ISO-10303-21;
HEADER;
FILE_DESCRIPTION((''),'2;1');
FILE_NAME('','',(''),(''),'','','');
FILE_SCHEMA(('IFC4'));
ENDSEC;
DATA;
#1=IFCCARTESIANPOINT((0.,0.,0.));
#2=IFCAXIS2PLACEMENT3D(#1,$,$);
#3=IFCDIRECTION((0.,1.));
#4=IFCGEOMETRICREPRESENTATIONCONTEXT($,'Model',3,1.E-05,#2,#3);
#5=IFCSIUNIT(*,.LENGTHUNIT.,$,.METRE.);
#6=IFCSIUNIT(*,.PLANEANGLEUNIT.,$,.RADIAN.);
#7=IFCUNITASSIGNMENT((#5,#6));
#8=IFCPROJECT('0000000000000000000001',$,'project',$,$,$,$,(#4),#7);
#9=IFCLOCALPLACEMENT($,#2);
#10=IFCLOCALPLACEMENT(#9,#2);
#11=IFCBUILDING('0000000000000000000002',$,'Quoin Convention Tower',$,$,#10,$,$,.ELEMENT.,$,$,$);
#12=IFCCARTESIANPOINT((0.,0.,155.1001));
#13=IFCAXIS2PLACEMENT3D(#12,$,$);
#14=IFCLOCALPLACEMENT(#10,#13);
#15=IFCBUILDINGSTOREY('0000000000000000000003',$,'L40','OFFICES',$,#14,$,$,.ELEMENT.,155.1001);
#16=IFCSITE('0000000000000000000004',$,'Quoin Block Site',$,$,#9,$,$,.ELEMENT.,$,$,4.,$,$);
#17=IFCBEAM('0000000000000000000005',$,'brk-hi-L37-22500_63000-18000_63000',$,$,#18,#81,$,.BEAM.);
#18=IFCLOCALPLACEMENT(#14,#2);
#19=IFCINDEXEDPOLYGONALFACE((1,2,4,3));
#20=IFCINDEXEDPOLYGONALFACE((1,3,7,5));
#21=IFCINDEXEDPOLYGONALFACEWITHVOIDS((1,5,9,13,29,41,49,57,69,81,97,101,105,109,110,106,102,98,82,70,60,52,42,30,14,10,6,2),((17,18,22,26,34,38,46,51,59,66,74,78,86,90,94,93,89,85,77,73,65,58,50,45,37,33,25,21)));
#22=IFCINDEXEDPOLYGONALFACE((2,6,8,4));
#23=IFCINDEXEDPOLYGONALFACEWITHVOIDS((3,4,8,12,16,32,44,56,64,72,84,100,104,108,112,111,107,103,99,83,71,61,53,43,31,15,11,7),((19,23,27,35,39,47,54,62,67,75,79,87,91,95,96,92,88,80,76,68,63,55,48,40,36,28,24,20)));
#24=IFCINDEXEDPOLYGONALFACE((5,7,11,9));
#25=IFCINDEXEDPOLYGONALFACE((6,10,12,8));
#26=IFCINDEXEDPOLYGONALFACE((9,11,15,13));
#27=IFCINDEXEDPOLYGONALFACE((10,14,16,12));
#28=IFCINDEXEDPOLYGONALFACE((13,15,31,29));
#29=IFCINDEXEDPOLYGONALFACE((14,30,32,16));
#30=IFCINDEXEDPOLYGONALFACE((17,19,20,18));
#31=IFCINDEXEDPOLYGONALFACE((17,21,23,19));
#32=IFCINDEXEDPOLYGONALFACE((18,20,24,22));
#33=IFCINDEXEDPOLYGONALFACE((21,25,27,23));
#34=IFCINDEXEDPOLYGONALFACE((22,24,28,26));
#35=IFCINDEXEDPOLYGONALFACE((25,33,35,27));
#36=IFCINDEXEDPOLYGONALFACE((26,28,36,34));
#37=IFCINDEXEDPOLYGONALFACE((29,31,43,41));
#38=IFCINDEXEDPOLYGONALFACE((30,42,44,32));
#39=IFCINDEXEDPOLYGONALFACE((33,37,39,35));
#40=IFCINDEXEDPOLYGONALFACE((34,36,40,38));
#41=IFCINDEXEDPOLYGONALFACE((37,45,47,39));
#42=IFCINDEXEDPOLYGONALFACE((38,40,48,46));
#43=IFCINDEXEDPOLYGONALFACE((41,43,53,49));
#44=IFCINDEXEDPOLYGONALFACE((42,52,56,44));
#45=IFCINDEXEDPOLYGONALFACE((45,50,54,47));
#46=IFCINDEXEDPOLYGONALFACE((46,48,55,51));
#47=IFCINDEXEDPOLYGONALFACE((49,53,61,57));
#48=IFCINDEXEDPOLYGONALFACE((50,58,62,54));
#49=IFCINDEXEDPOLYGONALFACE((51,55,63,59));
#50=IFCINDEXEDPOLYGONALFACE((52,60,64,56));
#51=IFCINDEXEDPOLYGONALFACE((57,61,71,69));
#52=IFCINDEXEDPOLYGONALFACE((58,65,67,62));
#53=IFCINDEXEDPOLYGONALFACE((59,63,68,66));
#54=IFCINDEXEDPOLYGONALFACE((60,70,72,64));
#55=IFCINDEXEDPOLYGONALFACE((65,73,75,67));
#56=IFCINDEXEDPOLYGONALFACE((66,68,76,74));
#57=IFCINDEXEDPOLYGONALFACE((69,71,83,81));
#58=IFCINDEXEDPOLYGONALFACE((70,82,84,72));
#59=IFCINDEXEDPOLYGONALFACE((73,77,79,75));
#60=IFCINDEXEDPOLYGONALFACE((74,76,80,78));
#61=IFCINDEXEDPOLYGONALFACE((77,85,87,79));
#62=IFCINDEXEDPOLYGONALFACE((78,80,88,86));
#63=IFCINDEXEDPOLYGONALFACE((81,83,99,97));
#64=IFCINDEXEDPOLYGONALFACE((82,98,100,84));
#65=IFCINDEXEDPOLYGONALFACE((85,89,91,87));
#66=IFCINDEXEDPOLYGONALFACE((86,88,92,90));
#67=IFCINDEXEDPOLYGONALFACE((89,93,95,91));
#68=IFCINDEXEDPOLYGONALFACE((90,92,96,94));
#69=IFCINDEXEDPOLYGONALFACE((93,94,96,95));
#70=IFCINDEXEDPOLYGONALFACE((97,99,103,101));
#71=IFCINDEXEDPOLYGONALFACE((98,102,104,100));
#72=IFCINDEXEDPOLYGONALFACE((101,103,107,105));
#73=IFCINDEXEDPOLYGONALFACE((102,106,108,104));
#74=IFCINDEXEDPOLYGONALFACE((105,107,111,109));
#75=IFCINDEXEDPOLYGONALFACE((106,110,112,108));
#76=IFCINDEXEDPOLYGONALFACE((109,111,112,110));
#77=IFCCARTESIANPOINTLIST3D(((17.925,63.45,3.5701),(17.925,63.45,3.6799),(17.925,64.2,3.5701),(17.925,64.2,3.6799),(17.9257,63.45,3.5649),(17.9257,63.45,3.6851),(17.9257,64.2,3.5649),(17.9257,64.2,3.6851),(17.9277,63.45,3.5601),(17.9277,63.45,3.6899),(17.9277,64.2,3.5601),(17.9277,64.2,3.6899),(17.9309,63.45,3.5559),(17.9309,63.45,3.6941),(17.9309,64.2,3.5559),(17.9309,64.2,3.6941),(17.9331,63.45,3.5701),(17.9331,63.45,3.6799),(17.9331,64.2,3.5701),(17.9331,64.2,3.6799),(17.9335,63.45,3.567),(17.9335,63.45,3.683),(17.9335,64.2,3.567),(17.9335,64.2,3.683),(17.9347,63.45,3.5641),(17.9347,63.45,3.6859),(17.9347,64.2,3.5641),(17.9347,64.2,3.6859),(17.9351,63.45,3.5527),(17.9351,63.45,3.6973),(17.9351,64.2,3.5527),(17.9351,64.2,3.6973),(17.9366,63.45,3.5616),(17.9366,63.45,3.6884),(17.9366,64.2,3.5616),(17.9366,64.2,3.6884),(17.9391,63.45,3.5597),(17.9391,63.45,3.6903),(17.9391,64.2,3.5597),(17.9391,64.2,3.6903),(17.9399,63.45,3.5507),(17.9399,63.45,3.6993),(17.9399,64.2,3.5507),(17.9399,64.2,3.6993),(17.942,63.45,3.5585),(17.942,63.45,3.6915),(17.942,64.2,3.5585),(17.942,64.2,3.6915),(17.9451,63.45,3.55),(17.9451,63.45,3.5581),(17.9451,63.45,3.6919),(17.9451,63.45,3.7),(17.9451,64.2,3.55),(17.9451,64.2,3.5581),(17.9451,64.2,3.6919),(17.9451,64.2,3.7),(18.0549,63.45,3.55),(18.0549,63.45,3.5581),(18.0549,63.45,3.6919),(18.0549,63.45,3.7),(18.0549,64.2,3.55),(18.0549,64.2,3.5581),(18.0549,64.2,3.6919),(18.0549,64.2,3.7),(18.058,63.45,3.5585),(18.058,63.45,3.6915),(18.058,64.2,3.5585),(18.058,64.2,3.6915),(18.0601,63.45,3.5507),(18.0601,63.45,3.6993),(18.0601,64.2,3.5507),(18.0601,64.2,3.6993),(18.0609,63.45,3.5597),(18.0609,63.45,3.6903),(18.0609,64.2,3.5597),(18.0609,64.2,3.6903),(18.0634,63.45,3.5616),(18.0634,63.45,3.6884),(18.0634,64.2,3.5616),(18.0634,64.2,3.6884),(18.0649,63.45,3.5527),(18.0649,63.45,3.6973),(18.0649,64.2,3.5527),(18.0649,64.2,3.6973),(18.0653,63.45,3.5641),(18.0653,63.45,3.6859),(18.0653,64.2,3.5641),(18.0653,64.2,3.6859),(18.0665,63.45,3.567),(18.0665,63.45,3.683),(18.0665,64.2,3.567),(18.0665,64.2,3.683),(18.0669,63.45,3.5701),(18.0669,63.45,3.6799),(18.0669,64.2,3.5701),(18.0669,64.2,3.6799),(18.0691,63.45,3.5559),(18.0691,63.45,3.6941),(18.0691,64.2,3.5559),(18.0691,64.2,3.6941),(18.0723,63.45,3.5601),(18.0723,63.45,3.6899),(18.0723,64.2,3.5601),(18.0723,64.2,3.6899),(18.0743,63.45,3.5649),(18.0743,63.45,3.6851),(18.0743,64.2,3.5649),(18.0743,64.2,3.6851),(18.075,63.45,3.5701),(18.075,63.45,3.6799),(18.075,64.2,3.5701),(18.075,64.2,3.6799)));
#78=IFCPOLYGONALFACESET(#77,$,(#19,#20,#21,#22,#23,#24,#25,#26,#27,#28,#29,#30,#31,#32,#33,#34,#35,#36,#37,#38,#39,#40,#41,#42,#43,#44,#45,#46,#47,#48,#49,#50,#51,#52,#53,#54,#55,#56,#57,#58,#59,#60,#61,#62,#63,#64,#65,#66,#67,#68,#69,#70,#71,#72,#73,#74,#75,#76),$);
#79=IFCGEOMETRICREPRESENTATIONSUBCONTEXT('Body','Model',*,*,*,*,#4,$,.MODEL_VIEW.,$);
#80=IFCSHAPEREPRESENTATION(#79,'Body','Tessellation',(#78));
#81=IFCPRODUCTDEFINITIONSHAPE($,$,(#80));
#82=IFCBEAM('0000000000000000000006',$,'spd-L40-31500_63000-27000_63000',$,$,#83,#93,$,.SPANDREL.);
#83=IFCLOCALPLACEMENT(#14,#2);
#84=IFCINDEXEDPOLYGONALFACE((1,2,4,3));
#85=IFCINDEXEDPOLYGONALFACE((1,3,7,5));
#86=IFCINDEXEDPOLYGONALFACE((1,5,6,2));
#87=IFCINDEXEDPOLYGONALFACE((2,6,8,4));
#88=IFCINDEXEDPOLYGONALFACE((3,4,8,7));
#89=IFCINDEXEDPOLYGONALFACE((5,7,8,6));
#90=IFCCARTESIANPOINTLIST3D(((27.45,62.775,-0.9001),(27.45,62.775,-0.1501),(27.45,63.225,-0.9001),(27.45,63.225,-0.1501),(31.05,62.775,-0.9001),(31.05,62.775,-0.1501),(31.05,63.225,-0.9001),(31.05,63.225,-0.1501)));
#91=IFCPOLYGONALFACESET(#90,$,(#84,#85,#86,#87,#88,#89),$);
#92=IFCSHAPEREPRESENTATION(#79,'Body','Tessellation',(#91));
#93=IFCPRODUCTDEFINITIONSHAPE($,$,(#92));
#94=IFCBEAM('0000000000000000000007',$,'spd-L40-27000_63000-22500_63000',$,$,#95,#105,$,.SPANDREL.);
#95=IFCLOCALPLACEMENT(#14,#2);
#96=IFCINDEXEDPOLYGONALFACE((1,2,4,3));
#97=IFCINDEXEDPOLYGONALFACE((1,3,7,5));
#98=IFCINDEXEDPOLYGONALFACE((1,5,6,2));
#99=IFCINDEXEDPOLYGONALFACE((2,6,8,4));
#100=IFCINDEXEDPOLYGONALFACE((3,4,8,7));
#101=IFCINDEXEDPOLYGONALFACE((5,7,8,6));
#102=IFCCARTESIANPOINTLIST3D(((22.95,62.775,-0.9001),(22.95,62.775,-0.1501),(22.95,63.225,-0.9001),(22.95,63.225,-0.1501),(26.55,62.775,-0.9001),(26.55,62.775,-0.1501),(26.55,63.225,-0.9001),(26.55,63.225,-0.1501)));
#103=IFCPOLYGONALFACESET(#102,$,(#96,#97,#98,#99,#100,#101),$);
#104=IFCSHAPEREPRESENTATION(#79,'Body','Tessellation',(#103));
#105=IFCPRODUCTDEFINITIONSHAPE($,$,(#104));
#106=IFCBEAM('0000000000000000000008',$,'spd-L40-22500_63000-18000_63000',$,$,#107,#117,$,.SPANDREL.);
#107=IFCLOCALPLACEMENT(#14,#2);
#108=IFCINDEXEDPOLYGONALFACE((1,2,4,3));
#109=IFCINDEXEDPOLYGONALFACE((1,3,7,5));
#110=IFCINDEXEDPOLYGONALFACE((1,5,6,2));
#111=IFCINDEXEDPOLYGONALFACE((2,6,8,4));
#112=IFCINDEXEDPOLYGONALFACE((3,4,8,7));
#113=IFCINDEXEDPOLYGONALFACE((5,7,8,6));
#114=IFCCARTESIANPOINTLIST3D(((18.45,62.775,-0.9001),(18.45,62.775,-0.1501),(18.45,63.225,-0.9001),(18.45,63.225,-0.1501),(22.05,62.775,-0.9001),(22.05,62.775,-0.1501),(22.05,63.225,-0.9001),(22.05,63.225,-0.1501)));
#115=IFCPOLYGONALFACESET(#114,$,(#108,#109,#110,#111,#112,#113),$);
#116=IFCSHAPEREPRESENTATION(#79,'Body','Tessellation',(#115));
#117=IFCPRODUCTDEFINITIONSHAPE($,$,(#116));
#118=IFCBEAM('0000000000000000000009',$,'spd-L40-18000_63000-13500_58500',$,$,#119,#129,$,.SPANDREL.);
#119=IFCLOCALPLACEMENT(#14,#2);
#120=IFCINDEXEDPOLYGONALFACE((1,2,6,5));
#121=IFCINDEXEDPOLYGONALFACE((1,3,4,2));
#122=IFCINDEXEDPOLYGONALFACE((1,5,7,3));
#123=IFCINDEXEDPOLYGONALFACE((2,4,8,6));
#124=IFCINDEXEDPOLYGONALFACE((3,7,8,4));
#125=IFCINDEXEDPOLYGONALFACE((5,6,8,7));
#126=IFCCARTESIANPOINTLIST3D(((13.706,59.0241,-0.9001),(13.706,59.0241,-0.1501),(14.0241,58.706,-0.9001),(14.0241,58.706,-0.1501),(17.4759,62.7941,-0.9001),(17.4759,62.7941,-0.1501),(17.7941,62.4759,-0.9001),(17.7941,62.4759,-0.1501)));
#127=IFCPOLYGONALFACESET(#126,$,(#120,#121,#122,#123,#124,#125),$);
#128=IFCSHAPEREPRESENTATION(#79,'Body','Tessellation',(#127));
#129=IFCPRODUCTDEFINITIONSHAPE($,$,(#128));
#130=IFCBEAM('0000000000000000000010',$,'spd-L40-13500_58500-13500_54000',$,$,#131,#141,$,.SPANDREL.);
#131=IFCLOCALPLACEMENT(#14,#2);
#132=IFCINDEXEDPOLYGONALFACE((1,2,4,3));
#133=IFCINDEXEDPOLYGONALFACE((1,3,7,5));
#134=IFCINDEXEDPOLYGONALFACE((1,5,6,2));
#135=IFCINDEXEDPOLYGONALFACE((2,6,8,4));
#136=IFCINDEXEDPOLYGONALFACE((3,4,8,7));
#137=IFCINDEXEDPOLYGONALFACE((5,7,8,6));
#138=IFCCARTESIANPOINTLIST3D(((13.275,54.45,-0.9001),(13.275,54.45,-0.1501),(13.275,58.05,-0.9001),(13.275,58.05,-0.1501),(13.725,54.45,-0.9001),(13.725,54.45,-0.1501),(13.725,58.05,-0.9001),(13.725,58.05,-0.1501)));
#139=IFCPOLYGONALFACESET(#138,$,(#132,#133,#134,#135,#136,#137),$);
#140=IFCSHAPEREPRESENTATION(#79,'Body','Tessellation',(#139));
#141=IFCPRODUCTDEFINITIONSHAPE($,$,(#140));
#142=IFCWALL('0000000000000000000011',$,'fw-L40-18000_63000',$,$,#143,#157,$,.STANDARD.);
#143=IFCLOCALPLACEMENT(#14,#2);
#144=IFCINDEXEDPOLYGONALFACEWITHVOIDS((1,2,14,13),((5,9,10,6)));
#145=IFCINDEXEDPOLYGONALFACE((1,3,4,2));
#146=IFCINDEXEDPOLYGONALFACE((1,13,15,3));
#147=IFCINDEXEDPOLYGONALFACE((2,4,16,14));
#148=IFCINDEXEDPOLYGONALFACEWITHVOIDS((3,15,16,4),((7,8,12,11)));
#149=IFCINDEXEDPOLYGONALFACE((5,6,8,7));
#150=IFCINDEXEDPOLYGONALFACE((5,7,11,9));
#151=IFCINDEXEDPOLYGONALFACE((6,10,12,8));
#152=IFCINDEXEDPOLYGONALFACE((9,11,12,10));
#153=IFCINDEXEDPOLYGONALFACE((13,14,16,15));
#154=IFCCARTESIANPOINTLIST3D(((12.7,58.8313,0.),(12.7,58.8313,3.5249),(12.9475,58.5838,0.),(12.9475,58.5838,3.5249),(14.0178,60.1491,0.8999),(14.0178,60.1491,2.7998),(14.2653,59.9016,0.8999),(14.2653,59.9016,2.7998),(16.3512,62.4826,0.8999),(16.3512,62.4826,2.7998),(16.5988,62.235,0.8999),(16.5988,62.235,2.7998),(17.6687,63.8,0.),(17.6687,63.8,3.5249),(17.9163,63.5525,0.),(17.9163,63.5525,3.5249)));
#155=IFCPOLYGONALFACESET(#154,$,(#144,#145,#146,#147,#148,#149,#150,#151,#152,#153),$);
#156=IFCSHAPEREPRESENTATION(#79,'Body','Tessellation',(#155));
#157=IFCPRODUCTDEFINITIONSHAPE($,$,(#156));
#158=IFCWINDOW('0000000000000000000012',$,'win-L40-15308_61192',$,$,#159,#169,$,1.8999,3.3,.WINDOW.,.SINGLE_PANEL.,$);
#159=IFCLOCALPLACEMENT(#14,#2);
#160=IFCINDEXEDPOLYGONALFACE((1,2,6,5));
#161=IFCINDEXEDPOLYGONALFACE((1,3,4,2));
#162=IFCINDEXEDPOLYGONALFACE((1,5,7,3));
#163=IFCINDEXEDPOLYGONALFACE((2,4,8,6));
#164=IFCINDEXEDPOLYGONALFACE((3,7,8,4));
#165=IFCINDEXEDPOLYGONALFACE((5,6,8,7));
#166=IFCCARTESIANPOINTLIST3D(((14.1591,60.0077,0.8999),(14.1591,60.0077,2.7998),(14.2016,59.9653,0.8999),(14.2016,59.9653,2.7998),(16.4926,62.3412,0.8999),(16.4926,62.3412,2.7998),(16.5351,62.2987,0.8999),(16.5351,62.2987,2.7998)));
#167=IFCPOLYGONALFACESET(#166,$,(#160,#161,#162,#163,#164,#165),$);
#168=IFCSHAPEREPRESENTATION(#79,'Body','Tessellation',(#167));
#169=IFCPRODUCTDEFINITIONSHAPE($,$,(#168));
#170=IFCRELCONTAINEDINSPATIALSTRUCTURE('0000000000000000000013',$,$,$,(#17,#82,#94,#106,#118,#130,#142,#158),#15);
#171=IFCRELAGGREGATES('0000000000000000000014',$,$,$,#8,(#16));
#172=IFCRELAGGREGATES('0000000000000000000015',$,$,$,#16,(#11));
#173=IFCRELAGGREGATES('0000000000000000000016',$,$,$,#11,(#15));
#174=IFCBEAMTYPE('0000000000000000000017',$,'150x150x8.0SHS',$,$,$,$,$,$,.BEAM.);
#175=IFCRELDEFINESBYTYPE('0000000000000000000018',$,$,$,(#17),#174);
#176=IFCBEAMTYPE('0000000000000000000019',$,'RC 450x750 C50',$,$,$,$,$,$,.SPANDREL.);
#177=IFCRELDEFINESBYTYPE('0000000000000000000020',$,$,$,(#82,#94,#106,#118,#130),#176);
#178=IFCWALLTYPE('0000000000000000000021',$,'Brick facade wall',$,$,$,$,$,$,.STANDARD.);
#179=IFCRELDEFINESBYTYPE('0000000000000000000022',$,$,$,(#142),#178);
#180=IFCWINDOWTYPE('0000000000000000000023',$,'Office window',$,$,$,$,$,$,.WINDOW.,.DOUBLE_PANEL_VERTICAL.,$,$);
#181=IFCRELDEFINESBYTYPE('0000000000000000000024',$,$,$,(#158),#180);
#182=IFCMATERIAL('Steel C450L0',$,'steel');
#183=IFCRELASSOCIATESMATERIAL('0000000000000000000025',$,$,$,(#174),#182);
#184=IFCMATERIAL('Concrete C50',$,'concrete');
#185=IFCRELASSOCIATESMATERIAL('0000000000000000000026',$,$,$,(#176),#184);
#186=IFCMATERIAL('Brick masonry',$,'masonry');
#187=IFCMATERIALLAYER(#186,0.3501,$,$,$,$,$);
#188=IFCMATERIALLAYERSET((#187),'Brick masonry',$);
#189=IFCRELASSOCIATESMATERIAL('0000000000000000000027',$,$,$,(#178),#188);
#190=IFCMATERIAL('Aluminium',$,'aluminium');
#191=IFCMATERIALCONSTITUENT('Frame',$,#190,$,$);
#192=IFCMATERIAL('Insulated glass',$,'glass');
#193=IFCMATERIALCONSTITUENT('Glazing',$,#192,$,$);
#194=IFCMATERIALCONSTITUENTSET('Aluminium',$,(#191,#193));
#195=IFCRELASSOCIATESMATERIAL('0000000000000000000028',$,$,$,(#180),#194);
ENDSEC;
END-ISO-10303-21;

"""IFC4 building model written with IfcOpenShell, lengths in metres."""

from ifc_helpers import new_model, si_unit, direction, frame, frame_2d, origin, origin_2d, place, context, subcontext, project, spatial, rectangle, hollow_rectangle, extrude, material, layer, layer_set, constituent, constituent_set, material_profile, profile_set, type_object, element, fill, save


model = new_model("IFC4")

# Units and contexts
model_context = context("Model", 3, precision=1e-05, world=origin(), true_north=direction((0.0, 1.0)))
body_context = subcontext(model_context, "Body", "Model", "MODEL_VIEW")
ifc_project = project(units=[si_unit("LENGTHUNIT", "METRE"), si_unit("PLANEANGLEUNIT", "RADIAN")], contexts=[model_context])

# Site, building, storey
site_placement = place(None, origin())
site = spatial("IfcSite", under=ifc_project, at=site_placement, Name="Quoin Block Site", CompositionType="ELEMENT", RefElevation=4.0)
building_placement = place(site_placement, origin())
building = spatial("IfcBuilding", under=site, at=building_placement, Name="Quoin Convention Tower", CompositionType="ELEMENT")
storey_placement = place(building_placement, frame((0.0, 0.0, 155.1001)))
storey = spatial("IfcBuildingStorey", under=building, at=storey_placement, Name="L40", Description="OFFICES", CompositionType="ELEMENT", Elevation=155.1001)

# Shared definitions
ifc_material_1 = material(Name="Concrete C50", Category="concrete")

# Beams
ifc_material_2 = material(Name="Steel C450L0", Category="steel")
ifc_material_profile_1 = material_profile(ifc_material_2, hollow_rectangle(XDim=0.1499, YDim=0.1499, WallThickness=0.0081, InnerFilletRadius=0.012, OuterFilletRadius=0.02, at=origin_2d()), Name="150x150x8.0SHS")
ifc_profile_set_1 = profile_set([ifc_material_profile_1], Name="Steel C450L0")
beam_type_1 = type_object("IfcBeamType", Name="150x150x8.0SHS", PredefinedType="BEAM", material=ifc_profile_set_1)
for number, where, z_axis, x_axis, name in (
    (1, (18.0, 63.45, 3.625), (0.0, 1.0, 0.0), (-1.0, 0.0, 0.0), "brk-hi-L37-22500_63000-18000_63000"),
):
    element("IfcBeam", number, at=place(storey_placement, frame(where, z_axis=z_axis, x_axis=x_axis)), inside=storey, type_object=beam_type_1, Name=name, PredefinedType="BEAM", context=body_context, shape_type="SweptSolid", body=[
        extrude(hollow_rectangle(XDim=0.1499, YDim=0.1499, WallThickness=0.0081, InnerFilletRadius=0.012, OuterFilletRadius=0.02, at=origin_2d()), origin(), (0.0, 0.0, 1.0), 0.75),
    ])
ifc_material_profile_2 = material_profile(ifc_material_1, rectangle(XDim=0.45, YDim=0.75, at=origin_2d()), Name="RC 450x750")
ifc_profile_set_2 = profile_set([ifc_material_profile_2], Name="Concrete C50")
beam_type_2 = type_object("IfcBeamType", Name="RC 450x750 C50", PredefinedType="SPANDREL", material=ifc_profile_set_2)
for number, where, z_axis, x_axis, name in (
    (2, (31.05, 63.0, -0.5251), (-1.0, 0.0, 0.0), (0.0, -1.0, 0.0), "spd-L40-31500_63000-27000_63000"),
    (3, (26.55, 63.0, -0.5251), (-1.0, 0.0, 0.0), (0.0, -1.0, 0.0), "spd-L40-27000_63000-22500_63000"),
    (4, (22.05, 63.0, -0.5251), (-1.0, 0.0, 0.0), (0.0, -1.0, 0.0), "spd-L40-22500_63000-18000_63000"),
):
    element("IfcBeam", number, at=place(storey_placement, frame(where, z_axis=z_axis, x_axis=x_axis)), inside=storey, type_object=beam_type_2, Name=name, PredefinedType="SPANDREL", context=body_context, shape_type="SweptSolid", body=[
        extrude(rectangle(XDim=0.45, YDim=0.75, at=origin_2d()), origin(), (0.0, 0.0, 1.0), 3.6001),
    ])
beam_1_placement = place(storey_placement, frame((17.635, 62.635, -0.5251), z_axis=(-0.707107, -0.707107, 0.0), x_axis=(0.707107, -0.707107, 0.0)))
element("IfcBeam", 5, at=beam_1_placement, inside=storey, type_object=beam_type_2, Name="spd-L40-18000_63000-13500_58500", PredefinedType="SPANDREL", context=body_context, shape_type="SweptSolid", body=[
    extrude(rectangle(XDim=0.45, YDim=0.75, at=origin_2d()), origin(), (0.0, 0.0, 1.0), 5.3315),
])
beam_2_placement = place(storey_placement, frame((13.5, 58.05, -0.5251), z_axis=(0.0, -1.0, 0.0), x_axis=(1.0, 0.0, 0.0)))
element("IfcBeam", 6, at=beam_2_placement, inside=storey, type_object=beam_type_2, Name="spd-L40-13500_58500-13500_54000", PredefinedType="SPANDREL", context=body_context, shape_type="SweptSolid", body=[
    extrude(rectangle(XDim=0.45, YDim=0.75, at=origin_2d()), origin(), (0.0, 0.0, 1.0), 3.6001),
])

# Wall, opening, window
ifc_material_3 = material(Name="Brick masonry", Category="masonry")
ifc_layer_1 = layer(ifc_material_3, 0.3501)
ifc_layer_set_1 = layer_set([ifc_layer_1], Name="Brick masonry")
wall_type_1 = type_object("IfcWallType", Name="Brick facade wall", PredefinedType="STANDARD", material=ifc_layer_set_1)
wall_1_placement = place(storey_placement, frame((17.7925, 63.6763, 0.0), z_axis=(0.0, 0.0, 1.0), x_axis=(-0.707107, -0.707107, 0.0)))
wall_1 = element("IfcWall", 7, at=wall_1_placement, inside=storey, type_object=wall_type_1, Name="fw-L40-18000_63000", PredefinedType="STANDARD", context=body_context, shape_type="SweptSolid", body=[
    extrude(rectangle(XDim=7.0269, YDim=0.3501, at=frame_2d((3.5134, 0.0))), origin(), (0.0, 0.0, 1.0), 3.5249),
])
opening_1_placement = place(wall_1_placement, frame((1.8633, 0.0, 0.8999)))
opening_1 = element("IfcOpeningElement", 8, at=opening_1_placement, cuts=wall_1, PredefinedType="OPENING", context=body_context, shape_type="SweptSolid", body=[
    extrude(rectangle(XDim=3.3, YDim=1.8999, at=frame_2d((1.6499, 0.95))), frame((0.0, 0.1851, 0.0), z_axis=(0.0, -1.0, 0.0), x_axis=(1.0, 0.0, 0.0)), (0.0, 0.0, 1.0), 0.3701),
])
ifc_material_4 = material(Name="Aluminium", Category="aluminium")
ifc_constituent_1 = constituent(ifc_material_4, Name="Frame")
ifc_material_5 = material(Name="Insulated glass", Category="glass")
ifc_constituent_2 = constituent(ifc_material_5, Name="Glazing")
ifc_constituent_set = constituent_set(constituents=[ifc_constituent_1, ifc_constituent_2], Name="Aluminium")
window_type = type_object("IfcWindowType", Name="Office window", PartitioningType="DOUBLE_PANEL_VERTICAL", PredefinedType="WINDOW", material=ifc_constituent_set)
window_1_placement = place(opening_1_placement, origin())
window_1 = element("IfcWindow", 9, at=window_1_placement, inside=storey, type_object=window_type, Name="win-L40-15308_61192", OverallHeight=1.8999, OverallWidth=3.3, PartitioningType="SINGLE_PANEL", PredefinedType="WINDOW", context=body_context, shape_type="SweptSolid", body=[
    extrude(rectangle(XDim=3.3, YDim=1.8999, at=frame_2d((1.6499, 0.95))), frame((0.0, 0.085, 0.0), z_axis=(0.0, -1.0, 0.0), x_axis=(1.0, 0.0, 0.0)), (0.0, 0.0, 1.0), 0.0601),
])
fill(opening_1, window_1)

save(model, "model.ifc")
